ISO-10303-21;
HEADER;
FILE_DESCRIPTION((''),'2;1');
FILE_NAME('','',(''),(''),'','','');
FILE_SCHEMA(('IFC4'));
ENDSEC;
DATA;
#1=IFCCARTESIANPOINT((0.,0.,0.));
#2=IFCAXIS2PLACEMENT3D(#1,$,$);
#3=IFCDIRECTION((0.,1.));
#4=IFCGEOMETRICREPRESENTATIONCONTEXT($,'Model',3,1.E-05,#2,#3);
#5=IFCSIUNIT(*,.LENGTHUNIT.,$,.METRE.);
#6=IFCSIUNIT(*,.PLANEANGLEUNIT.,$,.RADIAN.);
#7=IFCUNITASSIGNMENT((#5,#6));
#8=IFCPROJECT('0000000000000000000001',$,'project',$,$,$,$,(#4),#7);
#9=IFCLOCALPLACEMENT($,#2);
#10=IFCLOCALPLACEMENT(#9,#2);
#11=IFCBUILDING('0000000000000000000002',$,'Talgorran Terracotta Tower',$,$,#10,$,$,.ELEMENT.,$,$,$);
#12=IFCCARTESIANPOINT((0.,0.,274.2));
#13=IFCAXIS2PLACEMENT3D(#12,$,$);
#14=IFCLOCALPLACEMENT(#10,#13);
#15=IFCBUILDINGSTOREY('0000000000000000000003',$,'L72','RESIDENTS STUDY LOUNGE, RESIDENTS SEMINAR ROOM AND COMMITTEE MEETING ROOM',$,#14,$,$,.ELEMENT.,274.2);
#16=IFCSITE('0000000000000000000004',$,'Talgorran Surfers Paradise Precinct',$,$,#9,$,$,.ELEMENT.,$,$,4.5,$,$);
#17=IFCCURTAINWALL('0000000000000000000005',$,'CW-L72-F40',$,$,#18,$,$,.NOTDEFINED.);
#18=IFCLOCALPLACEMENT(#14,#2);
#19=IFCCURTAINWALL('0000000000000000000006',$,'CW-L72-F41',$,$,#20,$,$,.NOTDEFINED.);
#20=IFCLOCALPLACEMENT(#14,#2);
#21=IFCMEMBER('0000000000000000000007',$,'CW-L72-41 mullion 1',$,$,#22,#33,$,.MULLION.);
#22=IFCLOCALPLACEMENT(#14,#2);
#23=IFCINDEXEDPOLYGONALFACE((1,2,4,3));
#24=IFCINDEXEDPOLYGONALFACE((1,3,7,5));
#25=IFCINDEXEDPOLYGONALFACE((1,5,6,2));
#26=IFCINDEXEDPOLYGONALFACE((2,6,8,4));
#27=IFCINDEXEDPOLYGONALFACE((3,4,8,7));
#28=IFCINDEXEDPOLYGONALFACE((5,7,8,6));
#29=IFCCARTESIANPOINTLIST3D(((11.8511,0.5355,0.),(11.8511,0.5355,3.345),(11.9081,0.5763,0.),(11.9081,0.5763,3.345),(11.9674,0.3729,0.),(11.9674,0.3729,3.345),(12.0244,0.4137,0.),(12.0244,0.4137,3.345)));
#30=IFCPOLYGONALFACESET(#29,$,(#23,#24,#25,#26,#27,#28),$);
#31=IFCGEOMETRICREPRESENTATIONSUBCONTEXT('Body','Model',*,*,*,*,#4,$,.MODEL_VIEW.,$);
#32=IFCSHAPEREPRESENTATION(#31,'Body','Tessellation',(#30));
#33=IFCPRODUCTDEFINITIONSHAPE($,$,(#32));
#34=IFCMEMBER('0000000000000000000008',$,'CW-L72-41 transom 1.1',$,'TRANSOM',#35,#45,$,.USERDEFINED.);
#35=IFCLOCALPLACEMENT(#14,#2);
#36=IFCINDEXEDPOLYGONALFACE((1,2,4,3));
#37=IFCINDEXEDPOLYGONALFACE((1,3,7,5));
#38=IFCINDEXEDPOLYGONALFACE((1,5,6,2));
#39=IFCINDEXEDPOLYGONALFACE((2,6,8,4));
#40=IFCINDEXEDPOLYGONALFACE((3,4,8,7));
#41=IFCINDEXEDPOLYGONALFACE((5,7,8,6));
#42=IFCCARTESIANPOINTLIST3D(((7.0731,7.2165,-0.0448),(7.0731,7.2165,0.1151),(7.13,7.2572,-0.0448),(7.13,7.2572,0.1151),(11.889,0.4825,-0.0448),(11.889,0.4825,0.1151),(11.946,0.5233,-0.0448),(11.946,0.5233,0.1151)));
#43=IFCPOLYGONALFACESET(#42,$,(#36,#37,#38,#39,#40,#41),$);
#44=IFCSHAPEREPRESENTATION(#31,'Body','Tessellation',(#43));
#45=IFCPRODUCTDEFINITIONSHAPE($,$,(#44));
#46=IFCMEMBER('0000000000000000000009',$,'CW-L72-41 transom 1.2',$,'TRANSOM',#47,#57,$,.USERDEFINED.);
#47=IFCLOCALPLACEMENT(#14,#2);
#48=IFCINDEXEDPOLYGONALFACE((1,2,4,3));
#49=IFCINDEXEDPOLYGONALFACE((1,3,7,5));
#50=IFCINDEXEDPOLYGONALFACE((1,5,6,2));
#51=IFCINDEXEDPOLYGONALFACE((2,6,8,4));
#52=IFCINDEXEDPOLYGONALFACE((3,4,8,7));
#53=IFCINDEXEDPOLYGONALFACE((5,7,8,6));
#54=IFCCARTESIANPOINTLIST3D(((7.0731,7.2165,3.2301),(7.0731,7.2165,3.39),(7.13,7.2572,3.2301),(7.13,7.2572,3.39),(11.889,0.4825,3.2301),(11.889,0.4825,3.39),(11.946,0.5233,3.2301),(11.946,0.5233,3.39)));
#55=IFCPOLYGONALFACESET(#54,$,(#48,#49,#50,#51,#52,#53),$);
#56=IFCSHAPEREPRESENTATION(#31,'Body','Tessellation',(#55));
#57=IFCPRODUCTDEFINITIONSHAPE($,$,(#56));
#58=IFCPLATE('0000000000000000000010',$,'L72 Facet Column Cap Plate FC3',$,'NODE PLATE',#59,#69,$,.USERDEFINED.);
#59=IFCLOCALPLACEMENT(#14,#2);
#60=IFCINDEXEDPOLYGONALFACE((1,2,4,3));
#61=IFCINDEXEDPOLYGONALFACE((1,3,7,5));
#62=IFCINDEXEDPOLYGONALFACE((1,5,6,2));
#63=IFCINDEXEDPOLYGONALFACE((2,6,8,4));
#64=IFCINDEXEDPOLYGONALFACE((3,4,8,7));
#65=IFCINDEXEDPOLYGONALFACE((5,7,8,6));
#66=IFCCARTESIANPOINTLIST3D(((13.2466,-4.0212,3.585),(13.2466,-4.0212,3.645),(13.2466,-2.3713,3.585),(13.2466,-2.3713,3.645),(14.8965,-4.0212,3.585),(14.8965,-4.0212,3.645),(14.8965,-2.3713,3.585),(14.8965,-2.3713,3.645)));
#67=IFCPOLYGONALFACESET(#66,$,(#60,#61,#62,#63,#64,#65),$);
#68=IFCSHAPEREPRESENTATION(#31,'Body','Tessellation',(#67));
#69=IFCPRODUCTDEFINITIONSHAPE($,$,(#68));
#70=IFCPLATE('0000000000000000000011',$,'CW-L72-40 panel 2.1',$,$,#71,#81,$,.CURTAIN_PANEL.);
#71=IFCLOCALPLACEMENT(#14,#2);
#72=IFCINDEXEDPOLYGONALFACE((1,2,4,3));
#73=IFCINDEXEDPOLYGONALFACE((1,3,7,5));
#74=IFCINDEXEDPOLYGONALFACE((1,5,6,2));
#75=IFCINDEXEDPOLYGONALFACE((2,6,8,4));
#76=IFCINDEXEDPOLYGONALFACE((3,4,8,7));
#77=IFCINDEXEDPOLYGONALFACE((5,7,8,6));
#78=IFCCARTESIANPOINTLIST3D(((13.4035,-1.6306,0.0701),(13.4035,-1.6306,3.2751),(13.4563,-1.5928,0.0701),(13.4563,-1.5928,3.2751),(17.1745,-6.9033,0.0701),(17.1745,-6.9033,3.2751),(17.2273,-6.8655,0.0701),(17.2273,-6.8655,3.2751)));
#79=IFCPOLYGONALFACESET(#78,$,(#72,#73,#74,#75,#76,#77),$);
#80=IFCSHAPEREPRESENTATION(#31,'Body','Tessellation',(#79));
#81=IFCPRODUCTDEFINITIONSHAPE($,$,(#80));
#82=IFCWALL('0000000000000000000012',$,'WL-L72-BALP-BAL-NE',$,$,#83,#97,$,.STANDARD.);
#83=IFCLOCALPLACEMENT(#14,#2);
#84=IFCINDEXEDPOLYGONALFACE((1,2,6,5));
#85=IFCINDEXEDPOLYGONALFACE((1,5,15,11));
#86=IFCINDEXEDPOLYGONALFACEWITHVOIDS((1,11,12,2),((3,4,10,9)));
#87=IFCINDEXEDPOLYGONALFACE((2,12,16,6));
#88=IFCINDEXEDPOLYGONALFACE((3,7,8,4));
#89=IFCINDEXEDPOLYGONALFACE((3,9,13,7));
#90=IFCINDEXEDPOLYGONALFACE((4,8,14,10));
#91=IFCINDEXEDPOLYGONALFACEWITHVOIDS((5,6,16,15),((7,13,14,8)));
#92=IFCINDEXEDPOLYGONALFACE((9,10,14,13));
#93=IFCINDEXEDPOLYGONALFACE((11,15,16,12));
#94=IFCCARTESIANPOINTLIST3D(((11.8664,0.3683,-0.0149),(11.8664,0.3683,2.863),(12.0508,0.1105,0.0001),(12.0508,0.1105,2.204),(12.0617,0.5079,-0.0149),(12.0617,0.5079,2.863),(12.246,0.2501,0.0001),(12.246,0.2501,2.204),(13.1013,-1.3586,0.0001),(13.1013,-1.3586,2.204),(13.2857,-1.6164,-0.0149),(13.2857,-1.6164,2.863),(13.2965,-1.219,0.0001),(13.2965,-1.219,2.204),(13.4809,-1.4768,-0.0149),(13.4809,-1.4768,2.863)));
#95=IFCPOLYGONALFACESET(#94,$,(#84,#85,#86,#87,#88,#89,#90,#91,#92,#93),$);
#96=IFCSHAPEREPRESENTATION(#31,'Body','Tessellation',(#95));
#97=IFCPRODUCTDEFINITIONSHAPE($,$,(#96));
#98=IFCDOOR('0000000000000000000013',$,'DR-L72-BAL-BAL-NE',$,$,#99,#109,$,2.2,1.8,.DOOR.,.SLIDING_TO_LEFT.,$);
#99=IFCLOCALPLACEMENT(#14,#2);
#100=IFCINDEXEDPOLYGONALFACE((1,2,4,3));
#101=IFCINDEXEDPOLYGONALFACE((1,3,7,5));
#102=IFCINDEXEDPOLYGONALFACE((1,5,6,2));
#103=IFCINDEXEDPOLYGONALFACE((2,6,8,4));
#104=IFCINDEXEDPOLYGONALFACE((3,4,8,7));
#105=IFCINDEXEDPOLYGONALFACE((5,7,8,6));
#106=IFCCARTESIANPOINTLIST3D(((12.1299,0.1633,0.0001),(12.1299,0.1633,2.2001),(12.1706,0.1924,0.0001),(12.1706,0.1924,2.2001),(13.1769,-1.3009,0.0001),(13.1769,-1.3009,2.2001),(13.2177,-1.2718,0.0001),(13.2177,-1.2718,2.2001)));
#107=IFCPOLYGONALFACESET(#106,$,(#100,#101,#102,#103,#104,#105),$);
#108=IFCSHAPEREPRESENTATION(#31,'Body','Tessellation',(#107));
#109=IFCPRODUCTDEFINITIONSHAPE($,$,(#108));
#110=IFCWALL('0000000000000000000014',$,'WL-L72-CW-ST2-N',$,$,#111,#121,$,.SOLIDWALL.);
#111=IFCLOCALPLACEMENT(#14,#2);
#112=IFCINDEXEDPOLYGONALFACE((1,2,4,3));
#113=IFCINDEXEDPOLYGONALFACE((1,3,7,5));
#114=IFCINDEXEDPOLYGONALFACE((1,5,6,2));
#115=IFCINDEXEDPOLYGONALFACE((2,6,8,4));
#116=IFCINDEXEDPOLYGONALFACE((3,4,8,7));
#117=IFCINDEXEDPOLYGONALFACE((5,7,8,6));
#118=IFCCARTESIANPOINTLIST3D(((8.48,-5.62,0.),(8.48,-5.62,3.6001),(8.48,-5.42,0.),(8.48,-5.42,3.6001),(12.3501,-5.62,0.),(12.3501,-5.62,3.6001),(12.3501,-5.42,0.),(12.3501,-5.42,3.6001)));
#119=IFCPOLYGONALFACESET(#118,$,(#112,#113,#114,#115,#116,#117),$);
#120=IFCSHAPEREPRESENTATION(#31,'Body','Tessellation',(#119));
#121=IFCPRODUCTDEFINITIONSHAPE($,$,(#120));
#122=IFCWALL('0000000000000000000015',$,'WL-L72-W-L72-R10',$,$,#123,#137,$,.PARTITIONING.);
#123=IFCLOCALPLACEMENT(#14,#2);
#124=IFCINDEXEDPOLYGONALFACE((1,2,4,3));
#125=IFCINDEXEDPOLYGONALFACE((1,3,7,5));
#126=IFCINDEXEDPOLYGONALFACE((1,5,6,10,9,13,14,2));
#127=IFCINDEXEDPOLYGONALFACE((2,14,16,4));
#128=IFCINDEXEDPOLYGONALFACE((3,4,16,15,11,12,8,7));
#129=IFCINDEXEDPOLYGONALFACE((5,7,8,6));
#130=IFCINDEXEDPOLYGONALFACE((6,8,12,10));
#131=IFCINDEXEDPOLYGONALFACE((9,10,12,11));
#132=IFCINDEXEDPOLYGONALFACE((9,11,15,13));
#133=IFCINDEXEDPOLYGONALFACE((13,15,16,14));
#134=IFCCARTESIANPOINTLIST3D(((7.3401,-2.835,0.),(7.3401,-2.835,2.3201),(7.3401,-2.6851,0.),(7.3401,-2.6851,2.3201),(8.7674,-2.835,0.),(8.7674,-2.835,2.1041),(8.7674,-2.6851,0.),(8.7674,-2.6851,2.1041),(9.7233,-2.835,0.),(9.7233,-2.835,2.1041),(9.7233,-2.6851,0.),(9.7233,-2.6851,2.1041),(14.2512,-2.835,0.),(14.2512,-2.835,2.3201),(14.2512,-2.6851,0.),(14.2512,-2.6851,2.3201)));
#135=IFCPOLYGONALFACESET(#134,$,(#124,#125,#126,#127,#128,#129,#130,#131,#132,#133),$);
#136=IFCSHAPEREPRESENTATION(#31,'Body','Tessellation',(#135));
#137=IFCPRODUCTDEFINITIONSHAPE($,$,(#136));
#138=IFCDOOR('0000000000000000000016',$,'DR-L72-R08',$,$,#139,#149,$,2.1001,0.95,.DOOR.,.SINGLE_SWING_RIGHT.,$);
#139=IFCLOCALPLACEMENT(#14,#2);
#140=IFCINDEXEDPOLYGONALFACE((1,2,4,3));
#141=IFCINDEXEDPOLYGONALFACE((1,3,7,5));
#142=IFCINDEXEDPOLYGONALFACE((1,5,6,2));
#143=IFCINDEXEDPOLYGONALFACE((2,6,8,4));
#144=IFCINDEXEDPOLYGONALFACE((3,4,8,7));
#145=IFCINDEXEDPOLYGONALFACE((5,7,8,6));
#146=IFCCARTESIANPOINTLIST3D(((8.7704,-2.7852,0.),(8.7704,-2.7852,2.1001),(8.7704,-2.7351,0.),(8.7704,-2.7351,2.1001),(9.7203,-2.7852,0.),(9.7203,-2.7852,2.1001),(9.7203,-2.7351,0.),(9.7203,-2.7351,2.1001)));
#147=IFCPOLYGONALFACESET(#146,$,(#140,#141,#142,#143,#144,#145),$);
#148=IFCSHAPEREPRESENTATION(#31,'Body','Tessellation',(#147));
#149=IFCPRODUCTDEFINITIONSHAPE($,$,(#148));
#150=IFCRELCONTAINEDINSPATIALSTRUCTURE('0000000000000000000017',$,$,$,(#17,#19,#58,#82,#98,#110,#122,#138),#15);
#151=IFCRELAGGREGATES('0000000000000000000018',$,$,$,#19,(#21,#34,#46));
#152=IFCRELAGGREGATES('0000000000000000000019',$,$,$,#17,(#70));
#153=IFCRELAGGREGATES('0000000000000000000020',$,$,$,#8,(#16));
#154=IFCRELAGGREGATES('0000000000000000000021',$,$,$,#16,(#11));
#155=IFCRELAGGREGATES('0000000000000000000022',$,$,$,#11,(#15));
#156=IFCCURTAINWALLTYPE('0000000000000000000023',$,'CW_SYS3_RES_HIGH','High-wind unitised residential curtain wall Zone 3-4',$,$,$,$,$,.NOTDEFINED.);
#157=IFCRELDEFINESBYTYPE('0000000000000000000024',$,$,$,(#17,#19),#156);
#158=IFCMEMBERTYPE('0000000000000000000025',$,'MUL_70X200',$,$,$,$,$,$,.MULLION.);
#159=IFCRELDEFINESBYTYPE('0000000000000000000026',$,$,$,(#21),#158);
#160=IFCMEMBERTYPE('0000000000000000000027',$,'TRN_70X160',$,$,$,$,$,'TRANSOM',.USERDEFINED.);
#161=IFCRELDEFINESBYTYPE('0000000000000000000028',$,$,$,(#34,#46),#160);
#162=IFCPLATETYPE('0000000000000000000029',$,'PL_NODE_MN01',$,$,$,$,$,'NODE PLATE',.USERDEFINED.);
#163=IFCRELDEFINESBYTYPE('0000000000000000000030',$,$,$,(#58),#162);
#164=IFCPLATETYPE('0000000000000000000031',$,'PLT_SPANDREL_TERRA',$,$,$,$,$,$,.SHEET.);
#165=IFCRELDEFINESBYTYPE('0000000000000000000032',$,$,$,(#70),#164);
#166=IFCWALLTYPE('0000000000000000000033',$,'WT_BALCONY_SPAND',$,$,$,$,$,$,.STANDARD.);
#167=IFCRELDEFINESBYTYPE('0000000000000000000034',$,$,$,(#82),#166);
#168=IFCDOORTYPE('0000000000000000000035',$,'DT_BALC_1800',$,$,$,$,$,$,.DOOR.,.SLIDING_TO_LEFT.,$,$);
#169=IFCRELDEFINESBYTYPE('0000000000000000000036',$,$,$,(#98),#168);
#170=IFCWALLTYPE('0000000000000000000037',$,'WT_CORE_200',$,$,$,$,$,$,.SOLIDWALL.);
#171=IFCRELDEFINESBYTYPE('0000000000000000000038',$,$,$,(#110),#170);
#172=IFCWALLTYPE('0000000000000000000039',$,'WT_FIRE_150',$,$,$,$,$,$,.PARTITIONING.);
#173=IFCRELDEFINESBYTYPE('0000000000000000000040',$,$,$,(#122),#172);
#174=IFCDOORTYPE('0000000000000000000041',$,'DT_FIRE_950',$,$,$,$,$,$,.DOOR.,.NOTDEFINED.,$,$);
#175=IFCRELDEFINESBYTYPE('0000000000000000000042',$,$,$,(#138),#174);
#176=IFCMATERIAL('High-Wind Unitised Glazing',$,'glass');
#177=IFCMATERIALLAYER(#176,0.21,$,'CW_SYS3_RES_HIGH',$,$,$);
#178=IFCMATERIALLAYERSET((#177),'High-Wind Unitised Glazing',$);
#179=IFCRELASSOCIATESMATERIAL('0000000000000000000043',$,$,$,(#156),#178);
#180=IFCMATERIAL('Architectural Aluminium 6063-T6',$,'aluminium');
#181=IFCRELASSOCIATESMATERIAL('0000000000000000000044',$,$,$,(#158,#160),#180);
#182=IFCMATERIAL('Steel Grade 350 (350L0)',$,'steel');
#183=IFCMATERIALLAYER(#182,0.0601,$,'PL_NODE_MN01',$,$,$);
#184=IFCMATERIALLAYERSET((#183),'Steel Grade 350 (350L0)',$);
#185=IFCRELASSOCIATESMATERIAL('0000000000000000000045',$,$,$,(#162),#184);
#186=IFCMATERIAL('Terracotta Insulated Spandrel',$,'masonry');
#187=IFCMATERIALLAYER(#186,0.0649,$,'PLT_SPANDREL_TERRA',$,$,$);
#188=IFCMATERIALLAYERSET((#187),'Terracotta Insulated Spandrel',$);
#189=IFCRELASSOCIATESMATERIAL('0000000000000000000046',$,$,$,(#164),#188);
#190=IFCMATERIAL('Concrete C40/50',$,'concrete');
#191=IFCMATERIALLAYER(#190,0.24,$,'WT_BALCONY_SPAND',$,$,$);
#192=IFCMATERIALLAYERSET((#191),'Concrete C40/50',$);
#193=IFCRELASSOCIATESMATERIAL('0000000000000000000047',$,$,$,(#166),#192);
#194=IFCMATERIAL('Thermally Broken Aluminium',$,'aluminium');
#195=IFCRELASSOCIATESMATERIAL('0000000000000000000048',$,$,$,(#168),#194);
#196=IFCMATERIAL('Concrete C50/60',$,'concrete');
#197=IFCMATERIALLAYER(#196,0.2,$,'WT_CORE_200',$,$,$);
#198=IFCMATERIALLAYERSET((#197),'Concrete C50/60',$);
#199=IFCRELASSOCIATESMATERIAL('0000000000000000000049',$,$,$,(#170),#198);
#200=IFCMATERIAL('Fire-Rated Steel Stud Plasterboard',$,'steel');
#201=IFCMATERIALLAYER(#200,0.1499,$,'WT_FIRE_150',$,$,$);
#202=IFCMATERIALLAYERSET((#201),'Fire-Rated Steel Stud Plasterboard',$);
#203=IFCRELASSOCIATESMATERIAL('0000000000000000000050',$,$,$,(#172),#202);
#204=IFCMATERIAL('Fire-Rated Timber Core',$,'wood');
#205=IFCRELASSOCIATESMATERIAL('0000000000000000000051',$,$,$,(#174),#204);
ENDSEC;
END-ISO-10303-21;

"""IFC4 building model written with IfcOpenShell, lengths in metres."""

from ifc_helpers import new_model, si_unit, direction, frame, frame_2d, origin, origin_2d, place, context, subcontext, project, spatial, rectangle, extrude, source, transform, mapped, material, layer, layer_set, material_profile, profile_set, type_object, type_shapes, element, fill, aggregate, save


model = new_model("IFC4")

# Units and contexts
model_context = context("Model", 3, precision=1e-05, world=origin(), true_north=direction((0.0, 1.0)))
body_context = subcontext(model_context, "Body", "Model", "MODEL_VIEW")
ifc_project = project(units=[si_unit("LENGTHUNIT", "METRE"), si_unit("PLANEANGLEUNIT", "RADIAN")], contexts=[model_context])

# Site, building, storey
site_placement = place(None, origin())
site = spatial("IfcSite", under=ifc_project, at=site_placement, Name="Talgorran Surfers Paradise Precinct", CompositionType="ELEMENT", RefElevation=4.5)
building_placement = place(site_placement, origin())
building = spatial("IfcBuilding", under=site, at=building_placement, Name="Talgorran Terracotta Tower", CompositionType="ELEMENT")
storey_placement = place(building_placement, frame((0.0, 0.0, 274.2)))
storey = spatial("IfcBuildingStorey", under=building, at=storey_placement, Name="L72", Description="RESIDENTS STUDY LOUNGE, RESIDENTS SEMINAR ROOM AND COMMITTEE MEETING ROOM", CompositionType="ELEMENT", Elevation=274.2)

# Shared definitions
ifc_material_1 = material(Name="Steel Grade 350 (350L0)", Category="steel")

# Curtain wall
ifc_material_2 = material(Name="High-Wind Unitised Glazing", Category="glass")
ifc_layer_1 = layer(ifc_material_2, 0.21, Name="CW_SYS3_RES_HIGH")
ifc_layer_set_1 = layer_set([ifc_layer_1], Name="High-Wind Unitised Glazing")
curtain_wall_type = type_object("IfcCurtainWallType", Name="CW_SYS3_RES_HIGH", Description="High-wind unitised residential curtain wall Zone 3-4", PredefinedType="NOTDEFINED", material=ifc_layer_set_1)
curtain_wall_1_placement = place(storey_placement, origin())
curtain_wall_1 = element("IfcCurtainWall", 1, at=curtain_wall_1_placement, inside=storey, type_object=curtain_wall_type, Name="CW-L72-F40", PredefinedType="NOTDEFINED")
ifc_material_3 = material(Name="Architectural Aluminium 6063-T6", Category="aluminium")
ifc_material_profile_1 = material_profile(ifc_material_3, rectangle(XDim=0.0701, YDim=0.2, at=origin_2d()), Name="CWM70X200")
ifc_profile_set_1 = profile_set([ifc_material_profile_1], Name="Architectural Aluminium 6063-T6")
member_type_1 = type_object("IfcMemberType", Name="MUL_70X200", PredefinedType="MULLION", material=ifc_profile_set_1)

# Curtain wall, members
curtain_wall_2_placement = place(storey_placement, origin())
curtain_wall_2 = element("IfcCurtainWall", 2, at=curtain_wall_2_placement, inside=storey, type_object=curtain_wall_type, Name="CW-L72-F41", PredefinedType="NOTDEFINED")
member_1_placement = place(storey_placement, frame((11.9377, 0.4746, 0.0), z_axis=(0.0, 0.0, 1.0), x_axis=(-0.81338, -0.581733, 0.0)))
member_1 = element("IfcMember", 3, at=member_1_placement, type_object=member_type_1, Name="CW-L72-41 mullion 1", PredefinedType="MULLION", context=body_context, shape_type="SweptSolid", body=[
    extrude(rectangle(XDim=0.0701, YDim=0.2, at=origin_2d()), origin(), (0.0, 0.0, 1.0), 3.345),
])
ifc_material_profile_2 = material_profile(ifc_material_3, rectangle(XDim=0.0701, YDim=0.1599, at=origin_2d()), Name="CWT70X160")
ifc_profile_set_2 = profile_set([ifc_material_profile_2], Name="Architectural Aluminium 6063-T6")
member_type_2 = type_object("IfcMemberType", Name="TRN_70X160", ElementType="TRANSOM", PredefinedType="USERDEFINED", material=ifc_profile_set_2)
member_2_placement = place(storey_placement, frame((11.9175, 0.5029, 0.0352), z_axis=(-0.581718, 0.813391, 0.0), x_axis=(-0.813391, -0.581718, 0.0)))
member_2 = element("IfcMember", 4, at=member_2_placement, type_object=member_type_2, Name="CW-L72-41 transom 1.1", ObjectType="TRANSOM", PredefinedType="USERDEFINED", context=body_context, shape_type="SweptSolid", body=[
    extrude(rectangle(XDim=0.0701, YDim=0.1599, at=origin_2d()), origin(), (0.0, 0.0, 1.0), 8.2788),
])
member_3_placement = place(storey_placement, frame((11.9175, 0.5029, 3.3101), z_axis=(-0.581718, 0.813391, 0.0), x_axis=(-0.813391, -0.581718, 0.0)))
member_3 = element("IfcMember", 5, at=member_3_placement, type_object=member_type_2, Name="CW-L72-41 transom 1.2", ObjectType="TRANSOM", PredefinedType="USERDEFINED", context=body_context, shape_type="SweptSolid", body=[
    extrude(rectangle(XDim=0.0701, YDim=0.1599, at=origin_2d()), origin(), (0.0, 0.0, 1.0), 8.2788),
])
aggregate(curtain_wall_2, [member_1, member_2, member_3])

# Plates
ifc_layer_2 = layer(ifc_material_1, 0.0601, Name="PL_NODE_MN01")
ifc_layer_set_2 = layer_set([ifc_layer_2], Name="Steel Grade 350 (350L0)")
plate_type_1 = type_object("IfcPlateType", Name="PL_NODE_MN01", ElementType="NODE PLATE", PredefinedType="USERDEFINED", material=ifc_layer_set_2)
plate_1_placement = place(storey_placement, frame((14.0715, -3.1963, 3.585), z_axis=(0.0, 0.0, 1.0), x_axis=(1.0, 0.0, 0.0)))
element("IfcPlate", 6, at=plate_1_placement, inside=storey, type_object=plate_type_1, Name="L72 Facet Column Cap Plate FC3", ObjectType="NODE PLATE", PredefinedType="USERDEFINED", context=body_context, shape_type="SweptSolid", body=[
    extrude(rectangle(XDim=1.6499, YDim=1.6499, at=origin_2d()), origin(), (0.0, 0.0, 1.0), 0.0601),
])
ifc_material_4 = material(Name="Terracotta Insulated Spandrel", Category="masonry")
ifc_layer_3 = layer(ifc_material_4, 0.0649, Name="PLT_SPANDREL_TERRA")
ifc_layer_set_3 = layer_set([ifc_layer_3], Name="Terracotta Insulated Spandrel")
plate_type_2 = type_object("IfcPlateType", Name="PLT_SPANDREL_TERRA", PredefinedType="SHEET", material=ifc_layer_set_3)
shared_shape = source(origin(), body_context, "Body", "SweptSolid", [
    extrude(rectangle(XDim=6.4824, YDim=0.0649, at=origin_2d()), origin(), (0.0, 0.0, 1.0), 3.2051),
])
type_shapes(plate_type_2, [shared_shape])
plate_2_placement = place(storey_placement, frame((15.3154, -4.248, 0.0701), z_axis=(0.0, 0.0, 1.0), x_axis=(-0.581729, 0.813383, 0.0)))
plate_2 = element("IfcPlate", 7, at=plate_2_placement, type_object=plate_type_2, Name="CW-L72-40 panel 2.1", PredefinedType="CURTAIN_PANEL", context=body_context, shape_type="MappedRepresentation", body=[
    mapped(shared_shape, transform((0.0, 0.0, 0.0), scale=1.0)),
])
aggregate(curtain_wall_1, [plate_2])

# Wall, opening, door
ifc_material_5 = material(Name="Concrete C40/50", Category="concrete")
ifc_layer_4 = layer(ifc_material_5, 0.24, Name="WT_BALCONY_SPAND")
ifc_layer_set_4 = layer_set([ifc_layer_4], Name="Concrete C40/50")
wall_type_1 = type_object("IfcWallType", Name="WT_BALCONY_SPAND", PredefinedType="STANDARD", material=ifc_layer_set_4)
wall_1_placement = place(storey_placement, frame((13.3833, -1.5466, -0.0149), z_axis=(0.0, 0.0, 1.0), x_axis=(-0.581674, 0.813422, 0.0)))
wall_1 = element("IfcWall", 8, at=wall_1_placement, inside=storey, type_object=wall_type_1, Name="WL-L72-BALP-BAL-NE", PredefinedType="STANDARD", context=body_context, shape_type="SweptSolid", body=[
    extrude(rectangle(XDim=2.4399, YDim=0.24, at=frame_2d((1.22, 0.0))), origin(), (0.0, 0.0, 1.0), 2.8779),
])
opening_1_placement = place(wall_1_placement, frame((0.3201, 0.0, 0.0149)))
opening_1 = element("IfcOpeningElement", 9, at=opening_1_placement, cuts=wall_1, PredefinedType="OPENING", context=body_context, shape_type="SweptSolid", body=[
    extrude(rectangle(XDim=1.806, YDim=2.204, at=frame_2d((0.8999, 1.1021))), frame((0.0, 0.1299, 0.0), z_axis=(0.0, -1.0, 0.0), x_axis=(1.0, 0.0, 0.0)), (0.0, 0.0, 1.0), 0.26),
])
ifc_material_6 = material(Name="Thermally Broken Aluminium", Category="aluminium")
door_type_1 = type_object("IfcDoorType", Name="DT_BALC_1800", OperationType="SLIDING_TO_LEFT", PredefinedType="DOOR", material=ifc_material_6)
door_1_placement = place(opening_1_placement, origin())
door_1 = element("IfcDoor", 10, at=door_1_placement, inside=storey, type_object=door_type_1, Name="DR-L72-BAL-BAL-NE", OperationType="SLIDING_TO_LEFT", OverallHeight=2.2, OverallWidth=1.8, PredefinedType="DOOR", context=body_context, shape_type="SweptSolid", body=[
    extrude(rectangle(XDim=1.8, YDim=2.2, at=frame_2d((0.8999, 1.1001))), frame((0.0, 0.0249, 0.0), z_axis=(0.0, -1.0, 0.0), x_axis=(1.0, 0.0, 0.0)), (0.0, 0.0, 1.0), 0.05),
])
fill(opening_1, door_1)

# Wall
ifc_material_7 = material(Name="Concrete C50/60", Category="concrete")
ifc_layer_5 = layer(ifc_material_7, 0.2, Name="WT_CORE_200")
ifc_layer_set_5 = layer_set([ifc_layer_5], Name="Concrete C50/60")
wall_type_2 = type_object("IfcWallType", Name="WT_CORE_200", PredefinedType="SOLIDWALL", material=ifc_layer_set_5)
wall_2_placement = place(storey_placement, frame((8.48, -5.52, 0.0), z_axis=(0.0, 0.0, 1.0), x_axis=(1.0, 0.0, 0.0)))
element("IfcWall", 11, at=wall_2_placement, inside=storey, type_object=wall_type_2, Name="WL-L72-CW-ST2-N", PredefinedType="SOLIDWALL", context=body_context, shape_type="SweptSolid", body=[
    extrude(rectangle(XDim=3.8701, YDim=0.2, at=frame_2d((1.9351, 0.0))), origin(), (0.0, 0.0, 1.0), 3.6001),
])

# Wall, opening, door
ifc_material_8 = material(Name="Fire-Rated Steel Stud Plasterboard", Category="steel")
ifc_layer_6 = layer(ifc_material_8, 0.1499, Name="WT_FIRE_150")
ifc_layer_set_6 = layer_set([ifc_layer_6], Name="Fire-Rated Steel Stud Plasterboard")
wall_type_3 = type_object("IfcWallType", Name="WT_FIRE_150", PredefinedType="PARTITIONING", material=ifc_layer_set_6)
wall_3_placement = place(storey_placement, frame((7.3401, -2.76, 0.0), z_axis=(0.0, 0.0, 1.0), x_axis=(1.0, 0.0, 0.0)))
wall_3 = element("IfcWall", 12, at=wall_3_placement, inside=storey, type_object=wall_type_3, Name="WL-L72-W-L72-R10", PredefinedType="PARTITIONING", context=body_context, shape_type="SweptSolid", body=[
    extrude(rectangle(XDim=6.9111, YDim=0.1499, at=frame_2d((3.4556, 0.0))), origin(), (0.0, 0.0, 1.0), 2.3201),
])
opening_2_placement = place(wall_3_placement, frame((1.4302, 0.0, 0.0)))
opening_2 = element("IfcOpeningElement", 13, at=opening_2_placement, cuts=wall_3, PredefinedType="OPENING", context=body_context, shape_type="SweptSolid", body=[
    extrude(rectangle(XDim=0.956, YDim=2.1041, at=frame_2d((0.4751, 1.052))), frame((0.0, 0.085, 0.0), z_axis=(0.0, -1.0, 0.0), x_axis=(1.0, 0.0, 0.0)), (0.0, 0.0, 1.0), 0.1699),
])
ifc_material_9 = material(Name="Fire-Rated Timber Core", Category="wood")
door_type_2 = type_object("IfcDoorType", Name="DT_FIRE_950", OperationType="NOTDEFINED", PredefinedType="DOOR", material=ifc_material_9)
door_2_placement = place(opening_2_placement, origin())
door_2 = element("IfcDoor", 14, at=door_2_placement, inside=storey, type_object=door_type_2, Name="DR-L72-R08", OperationType="SINGLE_SWING_RIGHT", OverallHeight=2.1001, OverallWidth=0.95, PredefinedType="DOOR", context=body_context, shape_type="SweptSolid", body=[
    extrude(rectangle(XDim=0.95, YDim=2.1001, at=frame_2d((0.4751, 1.05))), frame((0.0, 0.0249, 0.0), z_axis=(0.0, -1.0, 0.0), x_axis=(1.0, 0.0, 0.0)), (0.0, 0.0, 1.0), 0.05),
])
fill(opening_2, door_2)

save(model, "model.ifc")
